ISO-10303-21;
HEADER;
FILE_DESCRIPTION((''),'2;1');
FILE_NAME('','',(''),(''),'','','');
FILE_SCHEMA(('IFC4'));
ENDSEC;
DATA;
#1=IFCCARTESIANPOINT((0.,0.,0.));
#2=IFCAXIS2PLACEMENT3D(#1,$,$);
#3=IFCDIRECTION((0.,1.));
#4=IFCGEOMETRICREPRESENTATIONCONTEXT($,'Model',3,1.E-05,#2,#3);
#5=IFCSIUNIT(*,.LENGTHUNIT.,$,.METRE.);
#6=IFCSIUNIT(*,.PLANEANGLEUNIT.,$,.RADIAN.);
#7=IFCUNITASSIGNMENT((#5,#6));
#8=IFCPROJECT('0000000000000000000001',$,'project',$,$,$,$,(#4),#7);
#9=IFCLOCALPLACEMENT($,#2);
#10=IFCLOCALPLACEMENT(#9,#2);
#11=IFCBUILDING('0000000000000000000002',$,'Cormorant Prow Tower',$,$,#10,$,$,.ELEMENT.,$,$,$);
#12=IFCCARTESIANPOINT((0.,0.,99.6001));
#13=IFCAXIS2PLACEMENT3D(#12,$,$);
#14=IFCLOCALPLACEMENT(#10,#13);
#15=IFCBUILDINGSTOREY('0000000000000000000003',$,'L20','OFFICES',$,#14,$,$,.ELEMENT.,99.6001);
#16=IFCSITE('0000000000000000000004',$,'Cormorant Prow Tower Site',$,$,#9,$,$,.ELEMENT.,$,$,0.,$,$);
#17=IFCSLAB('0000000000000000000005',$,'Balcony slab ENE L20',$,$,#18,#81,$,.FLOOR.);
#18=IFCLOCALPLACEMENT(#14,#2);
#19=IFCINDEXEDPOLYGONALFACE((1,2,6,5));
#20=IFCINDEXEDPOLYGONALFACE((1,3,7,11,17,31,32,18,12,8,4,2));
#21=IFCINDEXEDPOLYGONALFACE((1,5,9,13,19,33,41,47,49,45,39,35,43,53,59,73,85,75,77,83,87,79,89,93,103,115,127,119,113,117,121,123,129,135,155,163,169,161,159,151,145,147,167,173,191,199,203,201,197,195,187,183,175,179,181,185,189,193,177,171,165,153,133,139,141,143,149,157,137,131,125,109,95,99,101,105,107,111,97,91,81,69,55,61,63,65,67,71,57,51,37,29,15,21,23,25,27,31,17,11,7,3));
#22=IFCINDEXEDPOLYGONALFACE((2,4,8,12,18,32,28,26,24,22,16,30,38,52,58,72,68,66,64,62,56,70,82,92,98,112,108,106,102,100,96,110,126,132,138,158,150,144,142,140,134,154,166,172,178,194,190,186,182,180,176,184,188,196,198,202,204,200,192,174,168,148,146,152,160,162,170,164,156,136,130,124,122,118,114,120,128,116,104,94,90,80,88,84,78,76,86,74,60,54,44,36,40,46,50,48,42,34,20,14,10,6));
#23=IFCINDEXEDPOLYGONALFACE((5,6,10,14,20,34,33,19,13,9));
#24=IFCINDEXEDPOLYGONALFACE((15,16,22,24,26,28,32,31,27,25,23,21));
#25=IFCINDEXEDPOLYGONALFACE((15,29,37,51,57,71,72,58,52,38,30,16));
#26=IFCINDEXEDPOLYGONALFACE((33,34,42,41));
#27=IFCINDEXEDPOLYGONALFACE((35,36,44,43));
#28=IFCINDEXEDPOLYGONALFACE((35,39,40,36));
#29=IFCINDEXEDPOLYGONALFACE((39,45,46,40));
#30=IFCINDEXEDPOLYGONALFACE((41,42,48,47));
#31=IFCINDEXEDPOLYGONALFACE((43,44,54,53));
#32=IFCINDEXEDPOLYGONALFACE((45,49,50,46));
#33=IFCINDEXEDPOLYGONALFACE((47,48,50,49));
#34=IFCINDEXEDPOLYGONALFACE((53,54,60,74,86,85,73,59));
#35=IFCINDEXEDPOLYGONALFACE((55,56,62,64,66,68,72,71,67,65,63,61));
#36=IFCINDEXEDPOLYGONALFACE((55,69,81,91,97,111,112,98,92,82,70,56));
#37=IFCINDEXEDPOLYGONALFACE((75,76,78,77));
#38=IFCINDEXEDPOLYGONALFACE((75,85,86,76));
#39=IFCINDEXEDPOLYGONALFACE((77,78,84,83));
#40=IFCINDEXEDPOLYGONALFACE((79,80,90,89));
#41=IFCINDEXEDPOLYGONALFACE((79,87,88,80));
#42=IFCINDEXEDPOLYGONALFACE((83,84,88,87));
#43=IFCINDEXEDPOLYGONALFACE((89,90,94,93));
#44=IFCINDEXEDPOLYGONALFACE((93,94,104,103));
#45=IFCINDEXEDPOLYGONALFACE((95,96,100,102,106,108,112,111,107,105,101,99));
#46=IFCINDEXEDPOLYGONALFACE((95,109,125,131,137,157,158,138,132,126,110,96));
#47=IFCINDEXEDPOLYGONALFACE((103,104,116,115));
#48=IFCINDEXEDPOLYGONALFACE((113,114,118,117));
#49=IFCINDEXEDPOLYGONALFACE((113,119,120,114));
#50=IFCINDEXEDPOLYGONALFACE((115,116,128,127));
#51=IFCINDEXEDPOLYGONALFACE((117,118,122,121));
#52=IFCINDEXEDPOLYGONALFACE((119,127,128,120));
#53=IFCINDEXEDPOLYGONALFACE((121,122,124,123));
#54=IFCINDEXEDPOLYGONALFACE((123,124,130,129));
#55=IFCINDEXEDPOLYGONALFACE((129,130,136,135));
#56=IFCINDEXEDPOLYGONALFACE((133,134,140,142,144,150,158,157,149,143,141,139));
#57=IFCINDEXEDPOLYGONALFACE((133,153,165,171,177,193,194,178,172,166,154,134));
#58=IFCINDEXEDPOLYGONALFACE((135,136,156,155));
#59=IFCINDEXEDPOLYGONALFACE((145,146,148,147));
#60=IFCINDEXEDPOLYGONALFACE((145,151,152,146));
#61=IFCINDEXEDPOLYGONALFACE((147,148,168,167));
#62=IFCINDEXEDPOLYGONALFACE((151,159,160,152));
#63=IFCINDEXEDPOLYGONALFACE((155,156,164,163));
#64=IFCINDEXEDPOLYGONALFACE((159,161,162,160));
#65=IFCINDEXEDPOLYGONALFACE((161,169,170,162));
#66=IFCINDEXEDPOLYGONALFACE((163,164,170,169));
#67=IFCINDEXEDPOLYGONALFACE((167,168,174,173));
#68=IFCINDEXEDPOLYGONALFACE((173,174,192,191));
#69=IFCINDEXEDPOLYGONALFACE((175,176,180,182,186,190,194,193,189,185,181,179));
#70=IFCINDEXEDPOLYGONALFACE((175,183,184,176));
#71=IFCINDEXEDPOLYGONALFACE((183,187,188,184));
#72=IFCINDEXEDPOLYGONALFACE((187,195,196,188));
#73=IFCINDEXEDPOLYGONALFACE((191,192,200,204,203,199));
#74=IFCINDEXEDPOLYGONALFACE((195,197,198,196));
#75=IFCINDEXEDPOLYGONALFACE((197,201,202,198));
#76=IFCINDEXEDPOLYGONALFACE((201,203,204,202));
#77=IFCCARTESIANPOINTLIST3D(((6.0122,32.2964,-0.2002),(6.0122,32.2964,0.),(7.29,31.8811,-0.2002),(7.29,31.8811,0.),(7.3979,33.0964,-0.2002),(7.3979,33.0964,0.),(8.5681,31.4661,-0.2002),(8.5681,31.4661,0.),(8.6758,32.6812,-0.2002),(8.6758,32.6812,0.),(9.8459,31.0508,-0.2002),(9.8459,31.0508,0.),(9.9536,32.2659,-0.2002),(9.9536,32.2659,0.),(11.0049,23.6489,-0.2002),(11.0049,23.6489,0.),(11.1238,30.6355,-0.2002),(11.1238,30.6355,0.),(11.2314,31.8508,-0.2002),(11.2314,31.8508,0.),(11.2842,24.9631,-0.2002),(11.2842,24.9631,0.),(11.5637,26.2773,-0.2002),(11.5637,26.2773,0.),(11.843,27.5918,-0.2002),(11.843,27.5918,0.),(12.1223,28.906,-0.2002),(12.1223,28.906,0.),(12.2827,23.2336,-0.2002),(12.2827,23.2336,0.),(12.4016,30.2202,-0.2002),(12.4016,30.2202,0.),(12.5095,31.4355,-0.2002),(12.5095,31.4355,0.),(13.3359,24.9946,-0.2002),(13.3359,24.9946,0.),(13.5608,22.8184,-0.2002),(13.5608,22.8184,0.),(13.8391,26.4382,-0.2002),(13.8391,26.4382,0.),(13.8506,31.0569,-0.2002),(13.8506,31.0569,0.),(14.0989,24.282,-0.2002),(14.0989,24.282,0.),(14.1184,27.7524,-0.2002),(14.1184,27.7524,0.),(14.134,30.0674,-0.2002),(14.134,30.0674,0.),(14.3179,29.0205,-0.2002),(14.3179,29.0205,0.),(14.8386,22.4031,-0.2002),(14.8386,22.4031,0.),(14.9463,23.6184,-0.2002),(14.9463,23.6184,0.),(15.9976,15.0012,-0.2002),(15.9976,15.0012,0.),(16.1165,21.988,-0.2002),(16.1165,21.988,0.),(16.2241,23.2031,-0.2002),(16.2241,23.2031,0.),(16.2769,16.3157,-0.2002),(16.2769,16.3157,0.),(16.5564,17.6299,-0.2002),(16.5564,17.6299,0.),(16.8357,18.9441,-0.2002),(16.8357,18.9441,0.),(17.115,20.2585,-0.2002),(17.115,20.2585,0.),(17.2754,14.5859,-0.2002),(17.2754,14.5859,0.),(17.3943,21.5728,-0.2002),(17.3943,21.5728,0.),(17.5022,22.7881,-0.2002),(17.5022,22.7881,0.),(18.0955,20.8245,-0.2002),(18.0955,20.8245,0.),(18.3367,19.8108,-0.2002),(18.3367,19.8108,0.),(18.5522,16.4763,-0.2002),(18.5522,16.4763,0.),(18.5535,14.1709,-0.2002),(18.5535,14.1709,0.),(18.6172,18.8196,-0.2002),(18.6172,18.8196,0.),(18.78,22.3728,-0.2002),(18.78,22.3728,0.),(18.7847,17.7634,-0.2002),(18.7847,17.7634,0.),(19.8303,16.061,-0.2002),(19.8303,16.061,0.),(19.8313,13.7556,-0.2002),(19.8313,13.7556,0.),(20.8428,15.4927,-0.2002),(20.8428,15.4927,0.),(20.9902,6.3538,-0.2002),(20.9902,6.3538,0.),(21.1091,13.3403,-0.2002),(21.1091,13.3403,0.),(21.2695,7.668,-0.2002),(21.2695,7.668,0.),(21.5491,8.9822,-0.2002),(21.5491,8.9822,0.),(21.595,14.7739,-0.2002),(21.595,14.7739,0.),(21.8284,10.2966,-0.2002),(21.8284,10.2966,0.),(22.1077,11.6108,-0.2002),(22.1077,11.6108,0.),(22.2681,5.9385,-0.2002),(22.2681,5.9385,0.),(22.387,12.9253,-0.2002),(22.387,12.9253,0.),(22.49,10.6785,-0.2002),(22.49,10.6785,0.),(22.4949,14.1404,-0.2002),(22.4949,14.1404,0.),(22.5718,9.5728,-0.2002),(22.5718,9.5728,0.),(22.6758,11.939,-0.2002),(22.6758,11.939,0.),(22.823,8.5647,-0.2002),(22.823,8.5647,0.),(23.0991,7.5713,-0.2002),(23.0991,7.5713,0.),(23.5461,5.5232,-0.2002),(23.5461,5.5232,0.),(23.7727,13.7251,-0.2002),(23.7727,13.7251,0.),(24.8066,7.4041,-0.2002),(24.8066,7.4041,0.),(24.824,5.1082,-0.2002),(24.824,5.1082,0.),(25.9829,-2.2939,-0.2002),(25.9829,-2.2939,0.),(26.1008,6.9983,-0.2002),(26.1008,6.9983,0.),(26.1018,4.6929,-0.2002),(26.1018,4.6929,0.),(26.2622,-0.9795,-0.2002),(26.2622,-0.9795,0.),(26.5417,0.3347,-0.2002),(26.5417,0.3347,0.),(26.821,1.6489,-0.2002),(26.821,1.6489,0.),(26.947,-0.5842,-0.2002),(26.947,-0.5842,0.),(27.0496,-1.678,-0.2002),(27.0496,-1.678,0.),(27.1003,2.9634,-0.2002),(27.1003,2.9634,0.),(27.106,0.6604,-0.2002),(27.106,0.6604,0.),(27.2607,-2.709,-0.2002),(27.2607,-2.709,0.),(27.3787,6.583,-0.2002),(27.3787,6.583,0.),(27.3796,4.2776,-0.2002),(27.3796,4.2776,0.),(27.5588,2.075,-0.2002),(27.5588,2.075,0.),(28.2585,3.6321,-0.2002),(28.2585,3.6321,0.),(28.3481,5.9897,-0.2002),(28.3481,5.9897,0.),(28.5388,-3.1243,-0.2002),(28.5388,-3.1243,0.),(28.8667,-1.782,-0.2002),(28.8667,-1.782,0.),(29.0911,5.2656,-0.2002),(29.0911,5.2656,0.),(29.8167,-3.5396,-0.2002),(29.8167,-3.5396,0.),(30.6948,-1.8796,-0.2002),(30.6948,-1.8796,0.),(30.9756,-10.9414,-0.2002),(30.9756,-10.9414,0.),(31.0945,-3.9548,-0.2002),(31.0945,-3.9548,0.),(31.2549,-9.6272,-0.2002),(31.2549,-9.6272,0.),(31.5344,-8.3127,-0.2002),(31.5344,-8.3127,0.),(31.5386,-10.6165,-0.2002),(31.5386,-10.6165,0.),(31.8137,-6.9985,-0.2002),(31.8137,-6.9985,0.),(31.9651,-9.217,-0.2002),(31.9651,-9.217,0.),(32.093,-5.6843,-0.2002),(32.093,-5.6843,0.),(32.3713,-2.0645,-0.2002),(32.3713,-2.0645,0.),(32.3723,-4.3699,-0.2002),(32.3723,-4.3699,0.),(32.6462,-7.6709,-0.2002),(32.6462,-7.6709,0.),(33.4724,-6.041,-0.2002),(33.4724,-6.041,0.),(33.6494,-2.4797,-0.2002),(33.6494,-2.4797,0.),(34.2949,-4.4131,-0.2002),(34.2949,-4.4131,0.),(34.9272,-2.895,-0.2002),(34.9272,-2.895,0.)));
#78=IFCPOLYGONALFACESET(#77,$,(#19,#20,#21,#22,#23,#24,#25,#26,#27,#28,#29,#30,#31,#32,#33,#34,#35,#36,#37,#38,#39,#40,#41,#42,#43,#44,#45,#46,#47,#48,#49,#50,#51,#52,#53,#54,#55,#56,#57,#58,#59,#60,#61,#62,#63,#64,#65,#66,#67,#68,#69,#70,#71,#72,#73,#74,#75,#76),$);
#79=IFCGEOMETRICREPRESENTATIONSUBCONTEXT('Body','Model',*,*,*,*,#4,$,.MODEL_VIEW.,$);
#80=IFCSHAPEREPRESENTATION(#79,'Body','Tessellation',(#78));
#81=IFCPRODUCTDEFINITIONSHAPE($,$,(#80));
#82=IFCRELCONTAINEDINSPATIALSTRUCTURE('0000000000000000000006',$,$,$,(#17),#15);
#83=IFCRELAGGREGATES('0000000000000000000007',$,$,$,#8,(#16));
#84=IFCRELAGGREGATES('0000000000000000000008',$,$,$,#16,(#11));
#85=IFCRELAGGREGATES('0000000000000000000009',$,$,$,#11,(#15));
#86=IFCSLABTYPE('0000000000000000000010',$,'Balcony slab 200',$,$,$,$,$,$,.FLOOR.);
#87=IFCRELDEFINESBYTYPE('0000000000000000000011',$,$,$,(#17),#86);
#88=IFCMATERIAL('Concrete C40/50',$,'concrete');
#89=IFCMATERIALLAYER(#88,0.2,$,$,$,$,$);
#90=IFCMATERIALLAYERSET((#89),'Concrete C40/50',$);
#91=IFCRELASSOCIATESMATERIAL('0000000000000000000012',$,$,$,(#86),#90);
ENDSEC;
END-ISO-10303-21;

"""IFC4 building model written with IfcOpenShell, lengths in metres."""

from ifc_helpers import new_model, si_unit, direction, frame, origin, place, context, subcontext, project, spatial, polyline, outline, extrude, material, layer, layer_set, type_object, element, save


model = new_model("IFC4")

# Units and contexts
model_context = context("Model", 3, precision=1e-05, world=origin(), true_north=direction((0.0, 1.0)))
body_context = subcontext(model_context, "Body", "Model", "MODEL_VIEW")
ifc_project = project(units=[si_unit("LENGTHUNIT", "METRE"), si_unit("PLANEANGLEUNIT", "RADIAN")], contexts=[model_context])

# Site, building, storey
site_placement = place(None, origin())
site = spatial("IfcSite", under=ifc_project, at=site_placement, Name="Cormorant Prow Tower Site", CompositionType="ELEMENT", RefElevation=0.0)
building_placement = place(site_placement, origin())
building = spatial("IfcBuilding", under=site, at=building_placement, Name="Cormorant Prow Tower", CompositionType="ELEMENT")
storey_placement = place(building_placement, frame((0.0, 0.0, 99.6001)))
storey = spatial("IfcBuildingStorey", under=building, at=storey_placement, Name="L20", Description="OFFICES", CompositionType="ELEMENT", Elevation=99.6001)

# Slab
ifc_material_1 = material(Name="Concrete C40/50", Category="concrete")
ifc_layer_1 = layer(ifc_material_1, 0.2)
ifc_layer_set_1 = layer_set([ifc_layer_1], Name="Concrete C40/50")
slab_type_1 = type_object("IfcSlabType", Name="Balcony slab 200", PredefinedType="FLOOR", material=ifc_layer_set_1)
slab_1_placement = place(storey_placement, frame((0.0, 0.0, -0.2002)))
element("IfcSlab", 1, at=slab_1_placement, inside=storey, type_object=slab_type_1, Name="Balcony slab ENE L20", PredefinedType="FLOOR", context=body_context, shape_type="SweptSolid", body=[
    extrude(outline(polyline([(30.9756, -10.9414), (31.5386, -10.6165), (31.9651, -9.217), (32.6462, -7.6709), (33.4724, -6.041), (34.2949, -4.4131), (34.9272, -2.895), (33.6494, -2.4797), (32.3713, -2.0645), (30.6948, -1.8796), (28.8667, -1.782), (27.0496, -1.678), (26.947, -0.5842), (27.106, 0.6604), (27.5588, 2.075), (28.2585, 3.6321), (29.0911, 5.2656), (28.3481, 5.9897), (27.3787, 6.583), (26.1008, 6.9983), (24.8066, 7.4041), (23.0991, 7.5713), (22.823, 8.5647), (22.5718, 9.5728), (22.49, 10.6785), (22.6758, 11.939), (23.7727, 13.7251), (22.4949, 14.1404), (21.595, 14.7739), (20.8428, 15.4927), (19.8303, 16.061), (18.5522, 16.4763), (18.7847, 17.7634), (18.6172, 18.8196), (18.3367, 19.8108), (18.0955, 20.8245), (18.78, 22.3728), (17.5022, 22.7881), (16.2241, 23.2031), (14.9463, 23.6184), (14.0989, 24.282), (13.3359, 24.9946), (13.8391, 26.4382), (14.1184, 27.7524), (14.3179, 29.0205), (14.134, 30.0674), (13.8506, 31.0569), (12.5095, 31.4355), (11.2314, 31.8508), (9.9536, 32.2659), (8.6758, 32.6812), (7.3979, 33.0964), (6.0122, 32.2964), (7.29, 31.8811), (8.5681, 31.4661), (9.8459, 31.0508), (11.1238, 30.6355), (12.4016, 30.2202), (12.1223, 28.906), (11.843, 27.5918), (11.5637, 26.2773), (11.2842, 24.9631), (11.0049, 23.6489), (12.2827, 23.2336), (13.5608, 22.8184), (14.8386, 22.4031), (16.1165, 21.988), (17.3943, 21.5728), (17.115, 20.2585), (16.8357, 18.9441), (16.5564, 17.6299), (16.2769, 16.3157), (15.9976, 15.0012), (17.2754, 14.5859), (18.5535, 14.1709), (19.8313, 13.7556), (21.1091, 13.3403), (22.387, 12.9253), (22.1077, 11.6108), (21.8284, 10.2966), (21.5491, 8.9822), (21.2695, 7.668), (20.9902, 6.3538), (22.2681, 5.9385), (23.5461, 5.5232), (24.824, 5.1082), (26.1018, 4.6929), (27.3796, 4.2776), (27.1003, 2.9634), (26.821, 1.6489), (26.5417, 0.3347), (26.2622, -0.9795), (25.9829, -2.2939), (27.2607, -2.709), (28.5388, -3.1243), (29.8167, -3.5396), (31.0945, -3.9548), (32.3723, -4.3699), (32.093, -5.6843), (31.8137, -6.9985), (31.5344, -8.3127), (31.2549, -9.6272), (30.9756, -10.9414)])), origin(), (0.0, 0.0, 1.0), 0.2002),
])

save(model, "model.ifc")
